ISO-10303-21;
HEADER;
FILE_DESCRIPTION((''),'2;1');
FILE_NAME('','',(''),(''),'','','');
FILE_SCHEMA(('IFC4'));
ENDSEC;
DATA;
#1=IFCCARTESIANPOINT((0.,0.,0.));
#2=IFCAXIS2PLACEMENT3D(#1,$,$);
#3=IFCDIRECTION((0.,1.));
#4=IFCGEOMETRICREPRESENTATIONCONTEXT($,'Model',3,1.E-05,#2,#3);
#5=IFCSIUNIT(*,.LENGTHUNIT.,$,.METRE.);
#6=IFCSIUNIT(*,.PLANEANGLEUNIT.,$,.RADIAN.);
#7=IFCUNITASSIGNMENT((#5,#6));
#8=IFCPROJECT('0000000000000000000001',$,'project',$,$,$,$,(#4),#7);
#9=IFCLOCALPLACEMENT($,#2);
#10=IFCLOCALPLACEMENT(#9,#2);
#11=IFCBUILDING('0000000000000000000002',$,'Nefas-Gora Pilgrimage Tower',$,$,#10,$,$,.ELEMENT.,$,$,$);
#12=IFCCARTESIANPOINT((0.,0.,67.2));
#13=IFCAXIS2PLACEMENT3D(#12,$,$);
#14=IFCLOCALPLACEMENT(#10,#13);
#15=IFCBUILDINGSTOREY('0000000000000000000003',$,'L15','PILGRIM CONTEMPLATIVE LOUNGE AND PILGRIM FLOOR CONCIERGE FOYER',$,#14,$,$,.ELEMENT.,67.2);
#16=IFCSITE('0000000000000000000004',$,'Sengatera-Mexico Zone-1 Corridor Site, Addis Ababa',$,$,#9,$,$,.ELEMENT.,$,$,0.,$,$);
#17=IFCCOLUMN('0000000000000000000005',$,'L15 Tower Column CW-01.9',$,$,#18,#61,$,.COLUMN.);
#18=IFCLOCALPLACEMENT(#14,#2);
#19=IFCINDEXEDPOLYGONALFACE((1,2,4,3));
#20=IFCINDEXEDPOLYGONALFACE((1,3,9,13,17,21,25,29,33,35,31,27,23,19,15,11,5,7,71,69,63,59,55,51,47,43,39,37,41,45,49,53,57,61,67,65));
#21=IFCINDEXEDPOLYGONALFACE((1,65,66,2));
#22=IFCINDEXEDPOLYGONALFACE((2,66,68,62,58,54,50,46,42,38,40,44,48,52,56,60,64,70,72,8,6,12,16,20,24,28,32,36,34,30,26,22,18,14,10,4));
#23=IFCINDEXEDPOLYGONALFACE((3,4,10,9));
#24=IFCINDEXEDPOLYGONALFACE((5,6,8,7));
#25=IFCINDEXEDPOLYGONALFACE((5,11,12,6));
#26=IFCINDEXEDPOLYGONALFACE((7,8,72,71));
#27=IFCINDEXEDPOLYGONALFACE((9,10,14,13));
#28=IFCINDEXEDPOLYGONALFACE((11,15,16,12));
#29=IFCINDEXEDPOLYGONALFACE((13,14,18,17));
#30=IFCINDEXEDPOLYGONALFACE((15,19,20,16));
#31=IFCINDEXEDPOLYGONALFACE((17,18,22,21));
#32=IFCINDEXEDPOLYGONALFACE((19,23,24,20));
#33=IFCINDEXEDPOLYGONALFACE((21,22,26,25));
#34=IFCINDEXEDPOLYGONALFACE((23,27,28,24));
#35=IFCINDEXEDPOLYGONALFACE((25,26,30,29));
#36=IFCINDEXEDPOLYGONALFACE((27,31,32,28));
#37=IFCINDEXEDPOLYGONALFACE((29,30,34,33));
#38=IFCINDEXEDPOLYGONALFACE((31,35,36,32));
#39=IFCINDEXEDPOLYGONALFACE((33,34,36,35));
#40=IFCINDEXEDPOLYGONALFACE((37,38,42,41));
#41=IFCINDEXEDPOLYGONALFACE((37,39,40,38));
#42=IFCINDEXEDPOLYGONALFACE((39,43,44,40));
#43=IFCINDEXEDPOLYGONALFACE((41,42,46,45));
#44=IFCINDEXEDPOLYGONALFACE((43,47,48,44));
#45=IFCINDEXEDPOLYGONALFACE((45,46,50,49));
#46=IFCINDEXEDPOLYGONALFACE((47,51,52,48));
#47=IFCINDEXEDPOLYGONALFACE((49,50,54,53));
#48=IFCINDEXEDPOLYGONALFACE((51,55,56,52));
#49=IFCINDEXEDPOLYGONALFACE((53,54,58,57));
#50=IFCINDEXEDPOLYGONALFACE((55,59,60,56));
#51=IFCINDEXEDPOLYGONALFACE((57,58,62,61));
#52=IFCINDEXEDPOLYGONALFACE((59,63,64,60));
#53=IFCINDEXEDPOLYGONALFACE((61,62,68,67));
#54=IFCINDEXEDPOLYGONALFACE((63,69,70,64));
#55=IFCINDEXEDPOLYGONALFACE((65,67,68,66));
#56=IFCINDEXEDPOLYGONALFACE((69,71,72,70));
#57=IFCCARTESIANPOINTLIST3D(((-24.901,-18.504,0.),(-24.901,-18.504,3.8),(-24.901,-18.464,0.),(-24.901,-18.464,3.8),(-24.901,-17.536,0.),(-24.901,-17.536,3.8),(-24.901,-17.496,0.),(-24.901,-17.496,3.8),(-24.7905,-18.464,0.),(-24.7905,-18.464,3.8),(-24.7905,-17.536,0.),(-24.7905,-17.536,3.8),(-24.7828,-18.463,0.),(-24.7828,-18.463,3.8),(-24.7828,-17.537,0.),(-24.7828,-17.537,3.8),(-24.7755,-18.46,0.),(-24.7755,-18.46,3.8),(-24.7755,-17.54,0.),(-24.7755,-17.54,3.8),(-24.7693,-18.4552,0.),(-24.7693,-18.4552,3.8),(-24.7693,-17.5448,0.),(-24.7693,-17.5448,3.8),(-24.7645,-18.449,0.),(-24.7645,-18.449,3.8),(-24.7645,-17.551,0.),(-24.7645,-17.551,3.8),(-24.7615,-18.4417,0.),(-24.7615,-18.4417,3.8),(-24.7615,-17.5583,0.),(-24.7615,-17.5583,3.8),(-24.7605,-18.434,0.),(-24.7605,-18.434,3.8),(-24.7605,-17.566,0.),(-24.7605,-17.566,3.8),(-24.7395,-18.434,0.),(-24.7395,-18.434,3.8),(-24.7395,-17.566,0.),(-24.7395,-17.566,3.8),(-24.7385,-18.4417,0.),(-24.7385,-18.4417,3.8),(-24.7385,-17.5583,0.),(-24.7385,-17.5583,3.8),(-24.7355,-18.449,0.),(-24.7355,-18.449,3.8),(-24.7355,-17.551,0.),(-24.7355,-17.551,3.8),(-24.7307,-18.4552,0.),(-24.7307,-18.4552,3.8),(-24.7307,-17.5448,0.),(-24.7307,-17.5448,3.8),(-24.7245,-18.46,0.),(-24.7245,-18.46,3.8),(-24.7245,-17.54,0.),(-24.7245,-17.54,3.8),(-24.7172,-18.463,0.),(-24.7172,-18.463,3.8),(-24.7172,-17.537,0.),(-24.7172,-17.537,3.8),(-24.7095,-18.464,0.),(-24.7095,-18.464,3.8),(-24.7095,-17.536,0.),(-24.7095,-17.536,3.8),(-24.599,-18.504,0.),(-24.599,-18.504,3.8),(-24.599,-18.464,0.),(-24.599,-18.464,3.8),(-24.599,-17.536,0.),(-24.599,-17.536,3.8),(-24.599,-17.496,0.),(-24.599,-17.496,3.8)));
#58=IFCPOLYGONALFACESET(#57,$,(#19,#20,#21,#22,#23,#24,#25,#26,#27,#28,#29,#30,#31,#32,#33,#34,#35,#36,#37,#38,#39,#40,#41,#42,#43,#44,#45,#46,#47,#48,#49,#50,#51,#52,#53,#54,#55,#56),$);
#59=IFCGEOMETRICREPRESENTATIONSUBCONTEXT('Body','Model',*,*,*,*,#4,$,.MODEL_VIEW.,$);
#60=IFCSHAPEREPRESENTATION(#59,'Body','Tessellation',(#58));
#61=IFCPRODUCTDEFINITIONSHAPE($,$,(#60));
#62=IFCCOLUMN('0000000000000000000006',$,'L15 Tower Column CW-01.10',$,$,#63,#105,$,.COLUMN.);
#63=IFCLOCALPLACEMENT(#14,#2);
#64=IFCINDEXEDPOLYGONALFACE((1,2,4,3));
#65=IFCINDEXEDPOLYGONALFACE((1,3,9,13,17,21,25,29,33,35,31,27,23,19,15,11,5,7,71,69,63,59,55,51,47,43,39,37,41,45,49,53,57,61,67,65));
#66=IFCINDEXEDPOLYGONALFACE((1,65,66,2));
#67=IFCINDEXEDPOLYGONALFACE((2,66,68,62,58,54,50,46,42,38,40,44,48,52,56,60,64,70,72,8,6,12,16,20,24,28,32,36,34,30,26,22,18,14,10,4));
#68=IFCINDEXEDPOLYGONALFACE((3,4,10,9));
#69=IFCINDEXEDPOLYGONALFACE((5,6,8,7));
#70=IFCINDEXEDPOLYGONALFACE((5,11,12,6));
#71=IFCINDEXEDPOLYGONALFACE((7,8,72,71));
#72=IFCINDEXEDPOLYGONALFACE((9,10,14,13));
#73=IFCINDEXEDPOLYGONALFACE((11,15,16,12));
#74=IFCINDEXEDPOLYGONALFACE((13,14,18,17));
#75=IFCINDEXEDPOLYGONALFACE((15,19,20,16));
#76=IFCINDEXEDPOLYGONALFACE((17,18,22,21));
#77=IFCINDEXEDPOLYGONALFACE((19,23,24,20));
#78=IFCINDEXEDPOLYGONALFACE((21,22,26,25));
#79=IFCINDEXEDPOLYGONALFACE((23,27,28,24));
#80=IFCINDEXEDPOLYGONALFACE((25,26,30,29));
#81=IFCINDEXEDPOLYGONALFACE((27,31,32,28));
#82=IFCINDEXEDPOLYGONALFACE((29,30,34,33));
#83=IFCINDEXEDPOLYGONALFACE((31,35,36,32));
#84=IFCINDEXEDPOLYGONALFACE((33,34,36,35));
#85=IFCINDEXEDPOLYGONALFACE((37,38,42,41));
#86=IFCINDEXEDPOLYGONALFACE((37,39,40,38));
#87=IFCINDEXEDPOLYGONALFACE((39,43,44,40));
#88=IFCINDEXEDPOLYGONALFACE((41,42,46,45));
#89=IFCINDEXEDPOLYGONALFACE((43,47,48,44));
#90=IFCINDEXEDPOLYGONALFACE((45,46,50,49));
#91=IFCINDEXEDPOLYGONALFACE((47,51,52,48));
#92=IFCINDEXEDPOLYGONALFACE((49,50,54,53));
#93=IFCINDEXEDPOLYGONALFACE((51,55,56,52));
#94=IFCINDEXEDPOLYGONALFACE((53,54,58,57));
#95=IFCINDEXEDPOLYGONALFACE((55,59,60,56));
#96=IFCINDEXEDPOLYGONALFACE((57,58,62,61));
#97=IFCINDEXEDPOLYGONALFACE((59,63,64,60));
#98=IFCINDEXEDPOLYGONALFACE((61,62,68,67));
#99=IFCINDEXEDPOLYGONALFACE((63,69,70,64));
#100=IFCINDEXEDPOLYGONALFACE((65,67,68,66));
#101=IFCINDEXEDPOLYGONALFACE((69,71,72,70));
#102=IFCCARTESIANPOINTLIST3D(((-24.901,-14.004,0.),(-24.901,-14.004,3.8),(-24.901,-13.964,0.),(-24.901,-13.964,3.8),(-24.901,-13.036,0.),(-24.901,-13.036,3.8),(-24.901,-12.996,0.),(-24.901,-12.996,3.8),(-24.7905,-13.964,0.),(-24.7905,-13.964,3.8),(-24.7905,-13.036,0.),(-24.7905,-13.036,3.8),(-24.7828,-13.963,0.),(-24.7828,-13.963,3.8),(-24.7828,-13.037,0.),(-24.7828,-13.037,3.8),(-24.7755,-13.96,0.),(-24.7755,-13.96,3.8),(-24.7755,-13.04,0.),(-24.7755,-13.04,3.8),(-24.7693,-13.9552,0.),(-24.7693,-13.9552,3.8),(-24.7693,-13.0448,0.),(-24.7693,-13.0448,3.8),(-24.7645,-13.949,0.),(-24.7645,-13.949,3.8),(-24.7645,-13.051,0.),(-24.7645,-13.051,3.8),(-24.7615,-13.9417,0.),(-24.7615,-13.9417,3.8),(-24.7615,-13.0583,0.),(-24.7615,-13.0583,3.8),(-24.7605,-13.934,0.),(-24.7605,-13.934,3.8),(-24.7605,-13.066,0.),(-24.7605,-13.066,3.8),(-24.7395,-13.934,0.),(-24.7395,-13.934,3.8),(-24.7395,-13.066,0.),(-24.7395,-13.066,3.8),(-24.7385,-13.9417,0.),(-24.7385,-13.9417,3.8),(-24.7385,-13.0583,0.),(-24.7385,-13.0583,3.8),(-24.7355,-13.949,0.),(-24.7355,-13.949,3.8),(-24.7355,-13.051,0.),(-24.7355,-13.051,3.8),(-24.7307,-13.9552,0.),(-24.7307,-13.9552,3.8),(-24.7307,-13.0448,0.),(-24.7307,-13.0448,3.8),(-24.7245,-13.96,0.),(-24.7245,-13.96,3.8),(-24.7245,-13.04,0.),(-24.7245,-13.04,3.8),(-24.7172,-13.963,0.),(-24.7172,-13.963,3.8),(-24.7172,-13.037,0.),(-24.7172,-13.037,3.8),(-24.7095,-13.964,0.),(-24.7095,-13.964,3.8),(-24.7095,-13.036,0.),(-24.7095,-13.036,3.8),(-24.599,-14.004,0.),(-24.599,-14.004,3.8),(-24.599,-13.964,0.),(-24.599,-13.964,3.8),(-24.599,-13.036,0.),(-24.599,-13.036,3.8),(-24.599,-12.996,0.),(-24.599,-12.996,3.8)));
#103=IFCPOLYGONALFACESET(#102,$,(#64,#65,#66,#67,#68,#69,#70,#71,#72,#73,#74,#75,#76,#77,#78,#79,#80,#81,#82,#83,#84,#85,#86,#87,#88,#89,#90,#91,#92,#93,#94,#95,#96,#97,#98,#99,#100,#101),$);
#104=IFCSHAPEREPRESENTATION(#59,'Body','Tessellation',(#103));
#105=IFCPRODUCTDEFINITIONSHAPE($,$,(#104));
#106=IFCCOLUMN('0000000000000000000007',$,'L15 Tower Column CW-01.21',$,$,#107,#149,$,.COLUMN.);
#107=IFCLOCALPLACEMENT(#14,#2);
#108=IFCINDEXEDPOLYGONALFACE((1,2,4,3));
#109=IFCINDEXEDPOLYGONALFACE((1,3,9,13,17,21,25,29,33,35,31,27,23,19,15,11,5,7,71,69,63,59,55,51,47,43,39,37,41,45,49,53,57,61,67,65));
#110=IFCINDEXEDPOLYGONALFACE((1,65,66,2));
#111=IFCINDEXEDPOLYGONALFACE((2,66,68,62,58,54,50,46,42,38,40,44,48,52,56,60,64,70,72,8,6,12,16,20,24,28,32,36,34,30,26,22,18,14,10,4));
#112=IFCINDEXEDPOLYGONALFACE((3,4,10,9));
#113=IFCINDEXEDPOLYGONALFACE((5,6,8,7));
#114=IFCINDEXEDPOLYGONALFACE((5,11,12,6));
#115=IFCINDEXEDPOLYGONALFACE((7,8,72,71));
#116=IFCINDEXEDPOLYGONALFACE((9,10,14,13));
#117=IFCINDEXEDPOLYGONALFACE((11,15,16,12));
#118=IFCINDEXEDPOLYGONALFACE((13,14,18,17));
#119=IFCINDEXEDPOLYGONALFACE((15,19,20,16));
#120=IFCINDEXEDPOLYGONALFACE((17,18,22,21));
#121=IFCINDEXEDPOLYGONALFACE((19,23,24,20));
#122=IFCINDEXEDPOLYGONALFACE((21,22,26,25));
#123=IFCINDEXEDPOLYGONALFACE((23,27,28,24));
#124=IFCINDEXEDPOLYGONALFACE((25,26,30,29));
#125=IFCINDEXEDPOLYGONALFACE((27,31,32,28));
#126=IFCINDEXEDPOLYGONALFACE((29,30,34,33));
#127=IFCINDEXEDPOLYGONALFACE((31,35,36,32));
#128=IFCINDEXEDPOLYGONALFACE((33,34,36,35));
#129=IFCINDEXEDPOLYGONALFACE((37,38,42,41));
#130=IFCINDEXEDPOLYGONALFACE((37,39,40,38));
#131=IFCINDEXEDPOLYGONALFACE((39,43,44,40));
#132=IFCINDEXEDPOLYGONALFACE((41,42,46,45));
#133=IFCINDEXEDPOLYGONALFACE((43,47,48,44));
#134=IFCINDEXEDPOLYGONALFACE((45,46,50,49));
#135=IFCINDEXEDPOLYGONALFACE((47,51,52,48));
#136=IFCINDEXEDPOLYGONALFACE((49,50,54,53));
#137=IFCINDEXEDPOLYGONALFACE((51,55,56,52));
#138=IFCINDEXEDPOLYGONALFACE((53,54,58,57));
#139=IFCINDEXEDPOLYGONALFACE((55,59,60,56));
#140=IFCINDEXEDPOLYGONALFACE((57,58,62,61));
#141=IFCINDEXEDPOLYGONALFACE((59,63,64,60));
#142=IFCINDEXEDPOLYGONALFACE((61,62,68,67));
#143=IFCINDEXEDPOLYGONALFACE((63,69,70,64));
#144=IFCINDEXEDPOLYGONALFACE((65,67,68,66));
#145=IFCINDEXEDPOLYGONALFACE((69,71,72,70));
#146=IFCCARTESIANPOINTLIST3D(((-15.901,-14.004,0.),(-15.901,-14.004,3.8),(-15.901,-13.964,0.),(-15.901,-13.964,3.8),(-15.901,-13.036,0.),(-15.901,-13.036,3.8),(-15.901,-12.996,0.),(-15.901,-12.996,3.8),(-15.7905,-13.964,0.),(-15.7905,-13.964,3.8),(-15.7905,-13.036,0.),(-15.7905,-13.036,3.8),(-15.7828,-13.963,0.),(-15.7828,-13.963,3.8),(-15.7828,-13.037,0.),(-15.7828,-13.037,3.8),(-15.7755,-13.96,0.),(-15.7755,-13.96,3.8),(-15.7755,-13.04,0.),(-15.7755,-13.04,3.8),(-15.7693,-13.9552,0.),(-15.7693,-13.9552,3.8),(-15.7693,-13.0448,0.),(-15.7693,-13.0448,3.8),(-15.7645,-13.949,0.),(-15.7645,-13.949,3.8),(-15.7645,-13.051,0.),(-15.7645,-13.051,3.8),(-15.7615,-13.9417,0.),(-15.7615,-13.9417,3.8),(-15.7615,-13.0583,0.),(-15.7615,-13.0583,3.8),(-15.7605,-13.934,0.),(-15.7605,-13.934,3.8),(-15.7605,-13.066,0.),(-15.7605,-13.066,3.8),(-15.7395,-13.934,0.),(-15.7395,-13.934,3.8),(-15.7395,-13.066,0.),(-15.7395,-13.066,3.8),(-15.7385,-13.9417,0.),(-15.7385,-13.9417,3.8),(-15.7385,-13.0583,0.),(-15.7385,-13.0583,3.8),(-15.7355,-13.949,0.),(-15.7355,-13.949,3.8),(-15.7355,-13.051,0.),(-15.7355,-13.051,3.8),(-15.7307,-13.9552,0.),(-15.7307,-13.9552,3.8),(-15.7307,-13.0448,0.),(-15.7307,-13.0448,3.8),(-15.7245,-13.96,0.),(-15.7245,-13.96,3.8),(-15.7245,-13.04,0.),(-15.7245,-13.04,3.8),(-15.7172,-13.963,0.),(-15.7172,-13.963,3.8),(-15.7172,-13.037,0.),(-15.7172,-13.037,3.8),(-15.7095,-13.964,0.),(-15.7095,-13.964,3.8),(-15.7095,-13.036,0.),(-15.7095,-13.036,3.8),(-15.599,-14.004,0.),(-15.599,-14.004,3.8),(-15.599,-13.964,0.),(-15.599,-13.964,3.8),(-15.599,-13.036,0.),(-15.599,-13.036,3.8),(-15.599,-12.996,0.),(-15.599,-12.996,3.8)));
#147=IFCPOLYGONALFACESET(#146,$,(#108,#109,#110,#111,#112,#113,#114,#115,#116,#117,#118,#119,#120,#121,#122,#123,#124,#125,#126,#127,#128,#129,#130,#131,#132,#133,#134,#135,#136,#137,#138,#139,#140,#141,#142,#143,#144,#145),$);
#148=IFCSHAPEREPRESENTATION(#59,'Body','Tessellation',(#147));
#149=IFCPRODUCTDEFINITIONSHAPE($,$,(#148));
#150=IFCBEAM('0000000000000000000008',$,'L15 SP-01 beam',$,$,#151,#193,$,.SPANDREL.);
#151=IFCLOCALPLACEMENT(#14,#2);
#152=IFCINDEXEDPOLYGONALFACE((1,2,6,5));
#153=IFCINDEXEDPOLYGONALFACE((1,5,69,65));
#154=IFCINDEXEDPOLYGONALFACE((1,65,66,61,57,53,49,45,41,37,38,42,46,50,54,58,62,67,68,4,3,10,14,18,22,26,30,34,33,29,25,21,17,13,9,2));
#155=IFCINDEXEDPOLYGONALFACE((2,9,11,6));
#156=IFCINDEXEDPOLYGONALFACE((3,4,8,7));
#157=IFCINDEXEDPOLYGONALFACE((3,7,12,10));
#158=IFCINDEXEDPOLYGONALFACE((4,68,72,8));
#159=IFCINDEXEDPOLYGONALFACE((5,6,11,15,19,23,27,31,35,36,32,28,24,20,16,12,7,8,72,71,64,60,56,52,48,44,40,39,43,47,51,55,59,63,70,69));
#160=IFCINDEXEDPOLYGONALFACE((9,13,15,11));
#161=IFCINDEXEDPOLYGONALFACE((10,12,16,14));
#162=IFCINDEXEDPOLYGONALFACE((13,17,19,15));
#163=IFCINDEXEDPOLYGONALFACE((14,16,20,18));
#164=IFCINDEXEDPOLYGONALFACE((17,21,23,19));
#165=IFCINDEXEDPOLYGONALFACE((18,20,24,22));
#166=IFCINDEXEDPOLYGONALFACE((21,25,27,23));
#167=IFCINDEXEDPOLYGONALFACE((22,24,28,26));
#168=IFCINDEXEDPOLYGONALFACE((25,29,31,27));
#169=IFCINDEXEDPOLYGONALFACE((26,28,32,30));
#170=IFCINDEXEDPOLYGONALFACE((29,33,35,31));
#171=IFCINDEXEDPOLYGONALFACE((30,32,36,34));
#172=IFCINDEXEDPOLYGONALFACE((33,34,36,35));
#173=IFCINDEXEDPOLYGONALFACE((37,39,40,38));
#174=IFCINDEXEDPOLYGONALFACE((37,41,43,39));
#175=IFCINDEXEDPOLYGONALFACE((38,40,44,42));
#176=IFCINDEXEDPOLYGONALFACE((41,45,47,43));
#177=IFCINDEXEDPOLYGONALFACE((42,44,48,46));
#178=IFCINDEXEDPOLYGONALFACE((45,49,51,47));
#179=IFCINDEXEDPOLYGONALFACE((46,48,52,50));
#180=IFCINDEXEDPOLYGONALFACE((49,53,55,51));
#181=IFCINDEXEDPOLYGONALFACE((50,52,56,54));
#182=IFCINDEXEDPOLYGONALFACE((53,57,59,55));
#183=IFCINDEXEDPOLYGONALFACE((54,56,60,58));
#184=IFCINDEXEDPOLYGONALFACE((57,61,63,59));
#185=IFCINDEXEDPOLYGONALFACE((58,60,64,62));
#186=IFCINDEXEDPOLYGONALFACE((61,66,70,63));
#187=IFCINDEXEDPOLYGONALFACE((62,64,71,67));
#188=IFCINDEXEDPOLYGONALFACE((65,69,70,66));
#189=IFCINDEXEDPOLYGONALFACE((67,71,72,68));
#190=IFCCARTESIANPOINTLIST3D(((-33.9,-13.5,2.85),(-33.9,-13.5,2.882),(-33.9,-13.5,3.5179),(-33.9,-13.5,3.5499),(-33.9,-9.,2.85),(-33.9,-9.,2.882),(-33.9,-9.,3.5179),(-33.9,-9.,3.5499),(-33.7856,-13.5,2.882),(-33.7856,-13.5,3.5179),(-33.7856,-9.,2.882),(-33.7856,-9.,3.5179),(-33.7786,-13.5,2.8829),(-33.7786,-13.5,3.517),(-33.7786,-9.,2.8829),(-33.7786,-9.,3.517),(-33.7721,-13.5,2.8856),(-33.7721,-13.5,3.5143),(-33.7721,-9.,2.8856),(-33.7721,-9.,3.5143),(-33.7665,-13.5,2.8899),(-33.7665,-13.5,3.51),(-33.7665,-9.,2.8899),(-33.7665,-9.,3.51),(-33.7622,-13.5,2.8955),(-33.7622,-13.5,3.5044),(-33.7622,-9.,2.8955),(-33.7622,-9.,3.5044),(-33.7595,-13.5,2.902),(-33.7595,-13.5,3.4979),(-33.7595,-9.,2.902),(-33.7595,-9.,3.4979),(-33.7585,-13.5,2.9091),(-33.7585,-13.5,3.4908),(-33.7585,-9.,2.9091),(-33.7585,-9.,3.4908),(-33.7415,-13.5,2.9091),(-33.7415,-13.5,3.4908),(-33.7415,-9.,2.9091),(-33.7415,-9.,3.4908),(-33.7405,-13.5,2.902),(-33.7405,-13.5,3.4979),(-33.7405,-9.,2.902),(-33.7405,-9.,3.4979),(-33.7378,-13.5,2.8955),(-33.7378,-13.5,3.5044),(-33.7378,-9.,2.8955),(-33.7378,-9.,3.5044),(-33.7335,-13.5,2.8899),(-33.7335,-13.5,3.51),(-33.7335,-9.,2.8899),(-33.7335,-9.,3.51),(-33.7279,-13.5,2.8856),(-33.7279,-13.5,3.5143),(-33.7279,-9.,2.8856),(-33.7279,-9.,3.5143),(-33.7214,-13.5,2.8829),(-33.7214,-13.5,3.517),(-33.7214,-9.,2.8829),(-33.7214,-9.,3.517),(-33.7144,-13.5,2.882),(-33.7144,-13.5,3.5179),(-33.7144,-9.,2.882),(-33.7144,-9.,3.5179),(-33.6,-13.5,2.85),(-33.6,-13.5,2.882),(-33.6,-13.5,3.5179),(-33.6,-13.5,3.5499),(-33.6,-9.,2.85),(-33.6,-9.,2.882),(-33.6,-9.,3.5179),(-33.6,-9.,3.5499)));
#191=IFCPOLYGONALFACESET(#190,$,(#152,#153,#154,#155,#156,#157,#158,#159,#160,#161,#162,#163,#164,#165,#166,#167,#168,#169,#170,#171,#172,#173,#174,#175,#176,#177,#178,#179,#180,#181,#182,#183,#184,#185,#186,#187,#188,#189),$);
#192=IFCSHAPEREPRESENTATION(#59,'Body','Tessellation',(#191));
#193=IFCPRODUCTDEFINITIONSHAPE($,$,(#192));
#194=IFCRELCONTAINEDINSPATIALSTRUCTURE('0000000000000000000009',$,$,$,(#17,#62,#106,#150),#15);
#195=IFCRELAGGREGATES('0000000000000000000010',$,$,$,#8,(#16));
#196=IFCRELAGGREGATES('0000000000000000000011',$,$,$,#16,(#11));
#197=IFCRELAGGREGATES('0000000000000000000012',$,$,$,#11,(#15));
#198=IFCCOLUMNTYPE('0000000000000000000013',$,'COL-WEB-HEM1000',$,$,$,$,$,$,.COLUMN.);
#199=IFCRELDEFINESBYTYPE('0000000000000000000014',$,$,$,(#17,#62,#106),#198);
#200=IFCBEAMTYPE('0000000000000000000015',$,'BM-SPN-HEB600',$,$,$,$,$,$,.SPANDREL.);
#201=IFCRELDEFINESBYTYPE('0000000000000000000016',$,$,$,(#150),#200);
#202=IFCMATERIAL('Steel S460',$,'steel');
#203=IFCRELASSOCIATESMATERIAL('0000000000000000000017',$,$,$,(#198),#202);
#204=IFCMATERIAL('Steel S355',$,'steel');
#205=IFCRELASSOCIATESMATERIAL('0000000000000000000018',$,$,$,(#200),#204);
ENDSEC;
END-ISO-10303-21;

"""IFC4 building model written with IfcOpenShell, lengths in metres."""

from ifc_helpers import new_model, si_unit, direction, frame, origin, origin_2d, place, context, subcontext, project, spatial, i_section, extrude, source, transform, mapped, material, material_profile, profile_set, type_object, element, save


model = new_model("IFC4")

# Units and contexts
model_context = context("Model", 3, precision=1e-05, world=origin(), true_north=direction((0.0, 1.0)))
body_context = subcontext(model_context, "Body", "Model", "MODEL_VIEW")
ifc_project = project(units=[si_unit("LENGTHUNIT", "METRE"), si_unit("PLANEANGLEUNIT", "RADIAN")], contexts=[model_context])

# Site, building, storey
site_placement = place(None, origin())
site = spatial("IfcSite", under=ifc_project, at=site_placement, Name="Sengatera-Mexico Zone-1 Corridor Site, Addis Ababa", CompositionType="ELEMENT", RefElevation=0.0)
building_placement = place(site_placement, origin())
building = spatial("IfcBuilding", under=site, at=building_placement, Name="Nefas-Gora Pilgrimage Tower", CompositionType="ELEMENT")
storey_placement = place(building_placement, frame((0.0, 0.0, 67.2)))
storey = spatial("IfcBuildingStorey", under=building, at=storey_placement, Name="L15", Description="PILGRIM CONTEMPLATIVE LOUNGE AND PILGRIM FLOOR CONCIERGE FOYER", CompositionType="ELEMENT", Elevation=67.2)

# Columns
ifc_material_1 = material(Name="Steel S460", Category="steel")
ifc_material_profile_1 = material_profile(ifc_material_1, i_section(OverallWidth=0.302, OverallDepth=1.0081, WebThickness=0.021, FlangeThickness=0.04, FilletRadius=0.03, at=origin_2d()), Name="HEM 1000")
ifc_profile_set_1 = profile_set([ifc_material_profile_1], Name="Steel S460")
column_type_1 = type_object("IfcColumnType", Name="COL-WEB-HEM1000", PredefinedType="COLUMN", material=ifc_profile_set_1)
shared_shape_1 = source(origin(), body_context, "Body", "SweptSolid", [
    extrude(i_section(OverallWidth=0.302, OverallDepth=1.0081, WebThickness=0.021, FlangeThickness=0.04, FilletRadius=0.03, at=origin_2d()), origin(), (0.0, 0.0, 1.0), 3.8),
])
for number, where, z_axis, x_axis, name in (
    (1, (-24.75, -18.0, 0.0), (0.0, 0.0, 1.0), (1.0, 0.0, 0.0), "L15 Tower Column CW-01.9"),
    (2, (-24.75, -13.5, 0.0), (0.0, 0.0, 1.0), (1.0, 0.0, 0.0), "L15 Tower Column CW-01.10"),
    (3, (-15.75, -13.5, 0.0), (0.0, 0.0, 1.0), (1.0, 0.0, 0.0), "L15 Tower Column CW-01.21"),
):
    element("IfcColumn", number, at=place(storey_placement, frame(where, z_axis=z_axis, x_axis=x_axis)), inside=storey, type_object=column_type_1, Name=name, PredefinedType="COLUMN", context=body_context, shape_type="MappedRepresentation", body=[
        mapped(shared_shape_1, transform((0.0, 0.0, 0.0), x_axis=(1.0, 0.0, 0.0), y_axis=(0.0, 1.0, 0.0), z_axis=(0.0, 0.0, 1.0), scale=1.0)),
    ])

# Beam
ifc_material_2 = material(Name="Steel S355", Category="steel")
ifc_material_profile_2 = material_profile(ifc_material_2, i_section(OverallWidth=0.3, OverallDepth=0.7, WebThickness=0.0171, FlangeThickness=0.032, FilletRadius=0.0271, at=origin_2d()), Name="HEB 700")
ifc_profile_set_2 = profile_set([ifc_material_profile_2], Name="Steel S355")
beam_type_1 = type_object("IfcBeamType", Name="BM-SPN-HEB600", PredefinedType="SPANDREL", material=ifc_profile_set_2)
shared_shape_2 = source(origin(), body_context, "Body", "SweptSolid", [
    extrude(i_section(OverallWidth=0.3, OverallDepth=0.7, WebThickness=0.0171, FlangeThickness=0.032, FilletRadius=0.0271, at=origin_2d()), origin(), (0.0, 0.0, 1.0), 4.5),
])
for number, where, z_axis, x_axis, name in (
    (4, (-33.75, -13.5, 3.2), (0.0, 1.0, 0.0), (-1.0, 0.0, 0.0), "L15 SP-01 beam"),
):
    element("IfcBeam", number, at=place(storey_placement, frame(where, z_axis=z_axis, x_axis=x_axis)), inside=storey, type_object=beam_type_1, Name=name, PredefinedType="SPANDREL", context=body_context, shape_type="MappedRepresentation", body=[
        mapped(shared_shape_2, transform((0.0, 0.0, 0.0), x_axis=(1.0, 0.0, 0.0), y_axis=(0.0, 1.0, 0.0), z_axis=(0.0, 0.0, 1.0), scale=1.0)),
    ])

save(model, "model.ifc")
